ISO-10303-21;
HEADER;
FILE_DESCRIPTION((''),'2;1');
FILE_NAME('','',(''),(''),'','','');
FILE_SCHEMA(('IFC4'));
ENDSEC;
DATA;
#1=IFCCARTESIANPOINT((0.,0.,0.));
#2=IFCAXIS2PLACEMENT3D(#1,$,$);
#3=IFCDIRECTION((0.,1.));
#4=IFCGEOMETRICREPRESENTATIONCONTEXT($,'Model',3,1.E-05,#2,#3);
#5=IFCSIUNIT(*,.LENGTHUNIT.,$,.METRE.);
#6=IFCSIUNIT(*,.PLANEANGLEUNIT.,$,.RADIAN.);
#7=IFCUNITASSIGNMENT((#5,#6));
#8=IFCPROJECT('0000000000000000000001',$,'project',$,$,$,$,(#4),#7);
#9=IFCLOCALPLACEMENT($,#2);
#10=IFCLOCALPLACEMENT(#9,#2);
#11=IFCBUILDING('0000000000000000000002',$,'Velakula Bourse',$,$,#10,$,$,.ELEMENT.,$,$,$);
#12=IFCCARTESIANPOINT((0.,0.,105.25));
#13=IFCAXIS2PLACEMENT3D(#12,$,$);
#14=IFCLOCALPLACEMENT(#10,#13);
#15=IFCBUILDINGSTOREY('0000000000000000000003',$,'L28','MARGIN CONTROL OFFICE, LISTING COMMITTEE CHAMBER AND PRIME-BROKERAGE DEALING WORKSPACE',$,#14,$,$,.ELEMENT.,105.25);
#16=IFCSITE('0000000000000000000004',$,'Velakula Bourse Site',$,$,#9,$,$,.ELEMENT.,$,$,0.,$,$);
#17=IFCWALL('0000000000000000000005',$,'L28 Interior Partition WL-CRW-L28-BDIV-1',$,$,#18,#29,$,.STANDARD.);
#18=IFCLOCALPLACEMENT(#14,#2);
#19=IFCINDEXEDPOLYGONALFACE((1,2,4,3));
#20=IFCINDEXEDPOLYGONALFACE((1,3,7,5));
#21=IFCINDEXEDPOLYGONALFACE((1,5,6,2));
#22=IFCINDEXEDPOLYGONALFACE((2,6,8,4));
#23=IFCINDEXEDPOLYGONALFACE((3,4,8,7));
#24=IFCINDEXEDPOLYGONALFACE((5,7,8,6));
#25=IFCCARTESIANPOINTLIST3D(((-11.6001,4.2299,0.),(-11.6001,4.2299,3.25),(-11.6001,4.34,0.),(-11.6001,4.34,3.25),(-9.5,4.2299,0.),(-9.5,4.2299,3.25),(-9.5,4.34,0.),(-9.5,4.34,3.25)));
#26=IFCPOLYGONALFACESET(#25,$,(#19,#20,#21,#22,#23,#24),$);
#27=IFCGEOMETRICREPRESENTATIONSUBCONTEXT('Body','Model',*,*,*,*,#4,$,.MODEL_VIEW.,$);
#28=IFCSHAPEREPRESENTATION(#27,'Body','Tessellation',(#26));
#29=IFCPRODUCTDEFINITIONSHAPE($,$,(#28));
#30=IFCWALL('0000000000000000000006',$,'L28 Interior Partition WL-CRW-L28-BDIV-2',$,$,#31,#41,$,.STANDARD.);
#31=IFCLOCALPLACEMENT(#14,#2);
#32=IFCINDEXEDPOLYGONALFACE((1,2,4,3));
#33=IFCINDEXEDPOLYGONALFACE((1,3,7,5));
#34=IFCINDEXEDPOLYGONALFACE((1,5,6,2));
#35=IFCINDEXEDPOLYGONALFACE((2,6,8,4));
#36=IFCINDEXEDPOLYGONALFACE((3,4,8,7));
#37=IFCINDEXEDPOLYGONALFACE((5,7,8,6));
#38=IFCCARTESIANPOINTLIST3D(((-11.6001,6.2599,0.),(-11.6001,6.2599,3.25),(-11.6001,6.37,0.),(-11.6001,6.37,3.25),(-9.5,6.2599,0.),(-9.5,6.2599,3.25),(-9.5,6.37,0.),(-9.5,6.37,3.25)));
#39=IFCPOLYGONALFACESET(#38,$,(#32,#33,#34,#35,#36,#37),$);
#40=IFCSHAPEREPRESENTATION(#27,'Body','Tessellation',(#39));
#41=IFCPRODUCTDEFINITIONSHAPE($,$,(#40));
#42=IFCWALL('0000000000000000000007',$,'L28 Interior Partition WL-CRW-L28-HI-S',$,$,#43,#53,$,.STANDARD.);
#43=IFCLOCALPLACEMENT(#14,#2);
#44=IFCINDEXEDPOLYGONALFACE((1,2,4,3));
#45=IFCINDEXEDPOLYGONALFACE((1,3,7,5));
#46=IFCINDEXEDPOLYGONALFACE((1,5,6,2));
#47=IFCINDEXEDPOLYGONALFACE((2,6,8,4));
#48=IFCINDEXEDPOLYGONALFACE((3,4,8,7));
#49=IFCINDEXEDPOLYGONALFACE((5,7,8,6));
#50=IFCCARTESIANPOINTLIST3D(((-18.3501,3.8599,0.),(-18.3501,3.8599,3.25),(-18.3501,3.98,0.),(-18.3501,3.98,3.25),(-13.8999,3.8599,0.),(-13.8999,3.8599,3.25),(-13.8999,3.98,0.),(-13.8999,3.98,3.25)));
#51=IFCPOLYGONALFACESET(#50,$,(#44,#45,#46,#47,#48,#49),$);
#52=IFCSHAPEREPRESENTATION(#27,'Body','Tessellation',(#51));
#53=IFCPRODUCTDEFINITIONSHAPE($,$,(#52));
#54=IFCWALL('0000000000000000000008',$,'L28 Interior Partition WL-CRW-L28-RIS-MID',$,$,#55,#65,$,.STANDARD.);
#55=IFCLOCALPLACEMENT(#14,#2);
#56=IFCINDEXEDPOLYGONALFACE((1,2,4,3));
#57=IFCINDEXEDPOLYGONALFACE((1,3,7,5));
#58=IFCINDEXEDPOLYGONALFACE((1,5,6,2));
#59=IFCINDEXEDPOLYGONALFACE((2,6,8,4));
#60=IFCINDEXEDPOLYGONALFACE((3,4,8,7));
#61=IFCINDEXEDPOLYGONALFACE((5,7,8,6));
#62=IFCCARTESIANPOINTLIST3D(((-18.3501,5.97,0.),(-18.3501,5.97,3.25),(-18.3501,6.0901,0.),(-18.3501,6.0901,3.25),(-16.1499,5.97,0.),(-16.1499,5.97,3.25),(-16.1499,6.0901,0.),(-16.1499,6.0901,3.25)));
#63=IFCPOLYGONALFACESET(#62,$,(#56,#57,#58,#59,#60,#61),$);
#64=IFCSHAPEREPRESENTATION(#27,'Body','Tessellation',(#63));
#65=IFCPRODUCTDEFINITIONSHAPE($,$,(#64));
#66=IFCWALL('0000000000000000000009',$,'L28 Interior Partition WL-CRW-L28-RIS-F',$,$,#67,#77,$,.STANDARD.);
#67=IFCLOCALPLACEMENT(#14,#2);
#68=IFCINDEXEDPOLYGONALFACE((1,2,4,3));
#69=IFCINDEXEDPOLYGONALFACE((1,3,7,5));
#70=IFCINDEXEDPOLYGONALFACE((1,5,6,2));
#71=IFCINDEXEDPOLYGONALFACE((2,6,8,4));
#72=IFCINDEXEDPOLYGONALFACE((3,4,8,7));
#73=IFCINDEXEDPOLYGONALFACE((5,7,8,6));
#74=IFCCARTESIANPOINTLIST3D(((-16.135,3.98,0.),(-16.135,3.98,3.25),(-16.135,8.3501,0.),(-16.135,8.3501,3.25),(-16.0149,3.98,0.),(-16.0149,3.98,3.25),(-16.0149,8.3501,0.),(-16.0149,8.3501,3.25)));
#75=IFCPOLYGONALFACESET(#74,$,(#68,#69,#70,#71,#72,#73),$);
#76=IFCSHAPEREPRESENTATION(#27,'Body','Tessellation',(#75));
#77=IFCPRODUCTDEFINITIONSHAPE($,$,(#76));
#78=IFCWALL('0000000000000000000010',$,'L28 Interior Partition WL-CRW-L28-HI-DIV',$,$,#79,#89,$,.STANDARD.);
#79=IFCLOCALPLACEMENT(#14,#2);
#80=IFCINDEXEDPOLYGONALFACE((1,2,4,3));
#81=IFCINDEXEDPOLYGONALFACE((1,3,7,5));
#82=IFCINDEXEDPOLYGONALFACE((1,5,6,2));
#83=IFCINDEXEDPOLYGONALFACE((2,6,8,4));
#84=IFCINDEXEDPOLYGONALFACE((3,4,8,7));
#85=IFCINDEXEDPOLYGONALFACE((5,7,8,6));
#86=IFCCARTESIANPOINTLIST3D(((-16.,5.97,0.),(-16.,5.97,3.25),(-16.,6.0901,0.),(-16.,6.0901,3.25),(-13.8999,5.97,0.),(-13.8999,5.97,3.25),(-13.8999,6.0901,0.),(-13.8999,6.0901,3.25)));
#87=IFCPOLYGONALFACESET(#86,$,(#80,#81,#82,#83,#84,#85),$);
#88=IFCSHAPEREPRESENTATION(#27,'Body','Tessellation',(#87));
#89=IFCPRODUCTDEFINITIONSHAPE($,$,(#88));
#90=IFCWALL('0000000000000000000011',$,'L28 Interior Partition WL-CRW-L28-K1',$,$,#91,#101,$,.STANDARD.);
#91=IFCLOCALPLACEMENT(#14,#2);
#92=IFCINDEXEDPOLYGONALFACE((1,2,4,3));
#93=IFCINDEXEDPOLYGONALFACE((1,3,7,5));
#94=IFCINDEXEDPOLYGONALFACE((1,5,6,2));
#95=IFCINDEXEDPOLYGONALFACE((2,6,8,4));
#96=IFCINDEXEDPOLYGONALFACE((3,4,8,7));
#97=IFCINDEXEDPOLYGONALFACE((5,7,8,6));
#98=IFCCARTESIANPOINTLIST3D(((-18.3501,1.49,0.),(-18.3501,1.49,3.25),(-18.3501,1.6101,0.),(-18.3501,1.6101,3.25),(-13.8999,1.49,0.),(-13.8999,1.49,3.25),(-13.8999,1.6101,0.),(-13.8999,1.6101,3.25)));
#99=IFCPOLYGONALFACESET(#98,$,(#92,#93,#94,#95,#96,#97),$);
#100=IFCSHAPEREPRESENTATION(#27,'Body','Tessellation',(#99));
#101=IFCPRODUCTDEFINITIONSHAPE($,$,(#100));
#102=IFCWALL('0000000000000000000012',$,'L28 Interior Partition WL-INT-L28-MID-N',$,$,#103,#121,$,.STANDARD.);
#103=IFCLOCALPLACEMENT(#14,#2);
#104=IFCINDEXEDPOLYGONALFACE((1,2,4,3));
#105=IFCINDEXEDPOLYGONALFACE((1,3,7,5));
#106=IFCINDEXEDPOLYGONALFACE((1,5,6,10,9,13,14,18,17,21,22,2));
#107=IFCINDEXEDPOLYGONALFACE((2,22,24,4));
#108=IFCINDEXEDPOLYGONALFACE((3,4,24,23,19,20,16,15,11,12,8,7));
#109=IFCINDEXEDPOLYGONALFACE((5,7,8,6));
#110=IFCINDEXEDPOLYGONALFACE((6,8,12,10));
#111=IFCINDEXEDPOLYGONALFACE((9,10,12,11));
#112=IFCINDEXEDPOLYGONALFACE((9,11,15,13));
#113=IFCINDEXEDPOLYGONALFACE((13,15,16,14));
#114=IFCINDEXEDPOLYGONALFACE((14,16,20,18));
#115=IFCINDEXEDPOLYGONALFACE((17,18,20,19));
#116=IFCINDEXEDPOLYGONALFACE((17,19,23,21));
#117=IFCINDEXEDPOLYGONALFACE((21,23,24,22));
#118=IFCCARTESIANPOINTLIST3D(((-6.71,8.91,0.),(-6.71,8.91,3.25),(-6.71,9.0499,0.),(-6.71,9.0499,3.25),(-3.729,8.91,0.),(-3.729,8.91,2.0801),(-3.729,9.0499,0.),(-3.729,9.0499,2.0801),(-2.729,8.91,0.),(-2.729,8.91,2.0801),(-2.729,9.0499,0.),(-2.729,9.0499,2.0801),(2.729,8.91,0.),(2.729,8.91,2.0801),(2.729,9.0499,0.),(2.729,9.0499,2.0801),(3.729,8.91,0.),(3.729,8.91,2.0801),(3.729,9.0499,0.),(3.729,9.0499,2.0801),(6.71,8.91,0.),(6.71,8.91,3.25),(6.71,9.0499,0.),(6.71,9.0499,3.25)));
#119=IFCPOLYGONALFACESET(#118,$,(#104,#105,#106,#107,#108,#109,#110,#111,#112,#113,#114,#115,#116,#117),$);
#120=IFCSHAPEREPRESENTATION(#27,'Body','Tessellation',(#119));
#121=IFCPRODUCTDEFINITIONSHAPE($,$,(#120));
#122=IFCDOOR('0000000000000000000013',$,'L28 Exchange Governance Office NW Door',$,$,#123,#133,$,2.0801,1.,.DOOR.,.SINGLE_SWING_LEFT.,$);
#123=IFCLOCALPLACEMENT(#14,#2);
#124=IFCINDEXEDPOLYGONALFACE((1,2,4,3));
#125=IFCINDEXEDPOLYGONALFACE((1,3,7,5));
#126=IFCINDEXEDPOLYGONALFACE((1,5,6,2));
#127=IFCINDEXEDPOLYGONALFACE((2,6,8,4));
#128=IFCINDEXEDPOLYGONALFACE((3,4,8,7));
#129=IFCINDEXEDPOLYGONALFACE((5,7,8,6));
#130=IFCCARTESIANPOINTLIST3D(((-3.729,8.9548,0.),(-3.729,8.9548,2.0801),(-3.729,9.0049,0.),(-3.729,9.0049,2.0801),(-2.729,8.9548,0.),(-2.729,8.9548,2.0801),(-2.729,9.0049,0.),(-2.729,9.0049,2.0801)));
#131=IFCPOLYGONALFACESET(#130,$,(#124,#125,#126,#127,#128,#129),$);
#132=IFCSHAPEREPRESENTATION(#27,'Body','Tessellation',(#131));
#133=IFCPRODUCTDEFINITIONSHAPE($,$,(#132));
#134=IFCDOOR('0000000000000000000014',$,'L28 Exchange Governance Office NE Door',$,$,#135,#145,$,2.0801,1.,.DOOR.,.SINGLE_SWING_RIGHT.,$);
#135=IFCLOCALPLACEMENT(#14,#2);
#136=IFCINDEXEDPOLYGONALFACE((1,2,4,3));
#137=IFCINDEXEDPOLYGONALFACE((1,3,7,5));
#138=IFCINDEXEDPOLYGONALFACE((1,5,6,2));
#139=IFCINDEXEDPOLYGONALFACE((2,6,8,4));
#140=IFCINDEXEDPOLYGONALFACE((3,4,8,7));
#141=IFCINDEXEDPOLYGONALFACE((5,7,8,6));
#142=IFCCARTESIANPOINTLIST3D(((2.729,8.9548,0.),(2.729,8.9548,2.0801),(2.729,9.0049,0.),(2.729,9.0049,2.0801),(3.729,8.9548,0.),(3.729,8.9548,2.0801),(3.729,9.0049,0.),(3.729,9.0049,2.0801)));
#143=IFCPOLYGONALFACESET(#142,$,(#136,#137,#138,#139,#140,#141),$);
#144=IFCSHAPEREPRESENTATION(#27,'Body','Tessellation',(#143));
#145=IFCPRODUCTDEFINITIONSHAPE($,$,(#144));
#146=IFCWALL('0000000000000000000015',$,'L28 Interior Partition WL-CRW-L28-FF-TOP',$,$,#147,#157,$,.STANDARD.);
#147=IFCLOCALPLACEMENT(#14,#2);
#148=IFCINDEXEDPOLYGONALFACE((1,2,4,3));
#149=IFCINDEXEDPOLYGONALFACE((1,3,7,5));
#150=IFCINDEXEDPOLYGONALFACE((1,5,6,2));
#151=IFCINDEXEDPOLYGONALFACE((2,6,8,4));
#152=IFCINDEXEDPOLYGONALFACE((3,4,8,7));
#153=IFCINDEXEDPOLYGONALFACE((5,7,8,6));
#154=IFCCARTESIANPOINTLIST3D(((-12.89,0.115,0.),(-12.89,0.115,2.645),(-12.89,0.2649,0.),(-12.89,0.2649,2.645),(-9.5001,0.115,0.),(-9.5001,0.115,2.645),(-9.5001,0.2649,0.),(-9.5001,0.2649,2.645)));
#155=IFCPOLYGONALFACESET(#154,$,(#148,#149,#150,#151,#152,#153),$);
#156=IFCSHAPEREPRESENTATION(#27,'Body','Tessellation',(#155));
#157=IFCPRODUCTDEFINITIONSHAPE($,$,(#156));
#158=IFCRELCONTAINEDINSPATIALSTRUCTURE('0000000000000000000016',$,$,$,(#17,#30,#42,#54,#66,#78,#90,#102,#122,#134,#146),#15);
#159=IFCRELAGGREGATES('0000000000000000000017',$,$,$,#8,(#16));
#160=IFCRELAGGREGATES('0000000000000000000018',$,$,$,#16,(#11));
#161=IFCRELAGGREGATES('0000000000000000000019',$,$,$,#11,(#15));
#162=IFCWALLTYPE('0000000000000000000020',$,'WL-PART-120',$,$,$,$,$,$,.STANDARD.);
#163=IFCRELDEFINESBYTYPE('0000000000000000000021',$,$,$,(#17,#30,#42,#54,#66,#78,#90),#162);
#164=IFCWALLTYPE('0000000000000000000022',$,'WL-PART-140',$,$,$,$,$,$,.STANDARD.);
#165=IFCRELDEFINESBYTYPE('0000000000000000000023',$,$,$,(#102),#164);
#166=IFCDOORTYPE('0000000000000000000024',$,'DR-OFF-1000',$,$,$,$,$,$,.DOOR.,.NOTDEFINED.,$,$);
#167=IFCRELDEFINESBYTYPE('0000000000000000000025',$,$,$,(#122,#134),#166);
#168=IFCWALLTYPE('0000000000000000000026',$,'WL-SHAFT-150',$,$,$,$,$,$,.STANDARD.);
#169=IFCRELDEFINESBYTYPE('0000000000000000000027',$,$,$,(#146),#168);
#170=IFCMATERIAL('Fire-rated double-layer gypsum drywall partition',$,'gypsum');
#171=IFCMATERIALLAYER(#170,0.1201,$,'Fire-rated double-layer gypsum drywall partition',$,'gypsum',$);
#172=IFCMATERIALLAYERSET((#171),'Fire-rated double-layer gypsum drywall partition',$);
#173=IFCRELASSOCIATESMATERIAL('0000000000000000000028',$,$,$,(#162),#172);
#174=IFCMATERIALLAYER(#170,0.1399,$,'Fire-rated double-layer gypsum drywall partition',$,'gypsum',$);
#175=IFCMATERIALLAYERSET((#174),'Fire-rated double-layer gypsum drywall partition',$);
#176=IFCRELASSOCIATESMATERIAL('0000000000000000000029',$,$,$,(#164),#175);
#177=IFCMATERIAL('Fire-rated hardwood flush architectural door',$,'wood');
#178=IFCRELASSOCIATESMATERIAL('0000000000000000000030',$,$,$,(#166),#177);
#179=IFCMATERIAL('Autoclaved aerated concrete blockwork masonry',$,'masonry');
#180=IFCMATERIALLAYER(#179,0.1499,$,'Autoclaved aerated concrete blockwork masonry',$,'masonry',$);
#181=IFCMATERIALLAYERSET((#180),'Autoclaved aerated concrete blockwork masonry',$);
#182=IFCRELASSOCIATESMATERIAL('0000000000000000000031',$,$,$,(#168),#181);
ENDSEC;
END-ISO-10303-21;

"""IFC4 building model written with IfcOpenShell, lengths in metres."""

from ifc_helpers import new_model, si_unit, direction, frame, frame_2d, origin, place, context, subcontext, project, spatial, rectangle, extrude, material, layer, layer_set, type_object, element, fill, save


model = new_model("IFC4")

# Units and contexts
model_context = context("Model", 3, precision=1e-05, world=origin(), true_north=direction((0.0, 1.0)))
body_context = subcontext(model_context, "Body", "Model", "MODEL_VIEW")
ifc_project = project(units=[si_unit("LENGTHUNIT", "METRE"), si_unit("PLANEANGLEUNIT", "RADIAN")], contexts=[model_context])

# Site, building, storey
site_placement = place(None, origin())
site = spatial("IfcSite", under=ifc_project, at=site_placement, Name="Velakula Bourse Site", CompositionType="ELEMENT", RefElevation=0.0)
building_placement = place(site_placement, origin())
building = spatial("IfcBuilding", under=site, at=building_placement, Name="Velakula Bourse", CompositionType="ELEMENT")
storey_placement = place(building_placement, frame((0.0, 0.0, 105.25)))
storey = spatial("IfcBuildingStorey", under=building, at=storey_placement, Name="L28", Description="MARGIN CONTROL OFFICE, LISTING COMMITTEE CHAMBER AND PRIME-BROKERAGE DEALING WORKSPACE", CompositionType="ELEMENT", Elevation=105.25)

# Walls
ifc_material_1 = material(Name="Fire-rated double-layer gypsum drywall partition", Category="gypsum")
ifc_layer_1 = layer(ifc_material_1, 0.1201, Name="Fire-rated double-layer gypsum drywall partition", Category="gypsum")
ifc_layer_set_1 = layer_set([ifc_layer_1], Name="Fire-rated double-layer gypsum drywall partition")
wall_type_1 = type_object("IfcWallType", Name="WL-PART-120", PredefinedType="STANDARD", material=ifc_layer_set_1)
for number, where, z_axis, x_axis, name in (
    (1, (-11.6001, 4.2849, 0.0), (0.0, 0.0, 1.0), (1.0, 0.0, 0.0), "L28 Interior Partition WL-CRW-L28-BDIV-1"),
    (2, (-11.6001, 6.3149, 0.0), (0.0, 0.0, 1.0), (1.0, 0.0, 0.0), "L28 Interior Partition WL-CRW-L28-BDIV-2"),
):
    element("IfcWall", number, at=place(storey_placement, frame(where, z_axis=z_axis, x_axis=x_axis)), inside=storey, type_object=wall_type_1, Name=name, PredefinedType="STANDARD", context=body_context, shape_type="SweptSolid", body=[
        extrude(rectangle(XDim=2.1001, YDim=0.1101, at=frame_2d((1.05, 0.0))), origin(), (0.0, 0.0, 1.0), 3.25),
    ])
wall_1_placement = place(storey_placement, frame((-18.3501, 3.9199, 0.0), z_axis=(0.0, 0.0, 1.0), x_axis=(1.0, 0.0, 0.0)))
element("IfcWall", 3, at=wall_1_placement, inside=storey, type_object=wall_type_1, Name="L28 Interior Partition WL-CRW-L28-HI-S", PredefinedType="STANDARD", context=body_context, shape_type="SweptSolid", body=[
    extrude(rectangle(XDim=4.4502, YDim=0.1201, at=frame_2d((2.2251, 0.0))), origin(), (0.0, 0.0, 1.0), 3.25),
])
wall_2_placement = place(storey_placement, frame((-18.3501, 6.03, 0.0), z_axis=(0.0, 0.0, 1.0), x_axis=(1.0, 0.0, 0.0)))
element("IfcWall", 4, at=wall_2_placement, inside=storey, type_object=wall_type_1, Name="L28 Interior Partition WL-CRW-L28-RIS-MID", PredefinedType="STANDARD", context=body_context, shape_type="SweptSolid", body=[
    extrude(rectangle(XDim=2.2002, YDim=0.1201, at=frame_2d((1.1001, 0.0))), origin(), (0.0, 0.0, 1.0), 3.25),
])
wall_3_placement = place(storey_placement, frame((-16.075, 3.98, 0.0), z_axis=(0.0, 0.0, 1.0), x_axis=(0.0, 1.0, 0.0)))
element("IfcWall", 5, at=wall_3_placement, inside=storey, type_object=wall_type_1, Name="L28 Interior Partition WL-CRW-L28-RIS-F", PredefinedType="STANDARD", context=body_context, shape_type="SweptSolid", body=[
    extrude(rectangle(XDim=4.3701, YDim=0.1201, at=frame_2d((2.1851, 0.0))), origin(), (0.0, 0.0, 1.0), 3.25),
])
wall_4_placement = place(storey_placement, frame((-16.0, 6.03, 0.0), z_axis=(0.0, 0.0, 1.0), x_axis=(1.0, 0.0, 0.0)))
element("IfcWall", 6, at=wall_4_placement, inside=storey, type_object=wall_type_1, Name="L28 Interior Partition WL-CRW-L28-HI-DIV", PredefinedType="STANDARD", context=body_context, shape_type="SweptSolid", body=[
    extrude(rectangle(XDim=2.1001, YDim=0.1201, at=frame_2d((1.05, 0.0))), origin(), (0.0, 0.0, 1.0), 3.25),
])
wall_5_placement = place(storey_placement, frame((-18.3501, 1.55, 0.0), z_axis=(0.0, 0.0, 1.0), x_axis=(1.0, 0.0, 0.0)))
element("IfcWall", 7, at=wall_5_placement, inside=storey, type_object=wall_type_1, Name="L28 Interior Partition WL-CRW-L28-K1", PredefinedType="STANDARD", context=body_context, shape_type="SweptSolid", body=[
    extrude(rectangle(XDim=4.4502, YDim=0.1201, at=frame_2d((2.2251, 0.0))), origin(), (0.0, 0.0, 1.0), 3.25),
])

# Wall, openings, doors
ifc_layer_2 = layer(ifc_material_1, 0.1399, Name="Fire-rated double-layer gypsum drywall partition", Category="gypsum")
ifc_layer_set_2 = layer_set([ifc_layer_2], Name="Fire-rated double-layer gypsum drywall partition")
wall_type_2 = type_object("IfcWallType", Name="WL-PART-140", PredefinedType="STANDARD", material=ifc_layer_set_2)
wall_6_placement = place(storey_placement, frame((-6.71, 8.98, 0.0), z_axis=(0.0, 0.0, 1.0), x_axis=(1.0, 0.0, 0.0)))
wall_6 = element("IfcWall", 8, at=wall_6_placement, inside=storey, type_object=wall_type_2, Name="L28 Interior Partition WL-INT-L28-MID-N", PredefinedType="STANDARD", context=body_context, shape_type="SweptSolid", body=[
    extrude(rectangle(XDim=13.4199, YDim=0.1399, at=frame_2d((6.71, 0.0))), origin(), (0.0, 0.0, 1.0), 3.25),
])
opening_1_placement = place(wall_6_placement, frame((2.981, 0.0, 0.0)))
opening_1 = element("IfcOpeningElement", 9, at=opening_1_placement, cuts=wall_6, PredefinedType="OPENING", context=body_context, shape_type="SweptSolid", body=[
    extrude(rectangle(XDim=1.0, YDim=2.0801, at=frame_2d((0.5, 1.04))), frame((0.0, 0.0798, 0.0), z_axis=(0.0, -1.0, 0.0), x_axis=(1.0, 0.0, 0.0)), (0.0, 0.0, 1.0), 0.1599),
])
opening_2_placement = place(wall_6_placement, frame((9.439, 0.0, 0.0)))
opening_2 = element("IfcOpeningElement", 10, at=opening_2_placement, cuts=wall_6, PredefinedType="OPENING", context=body_context, shape_type="SweptSolid", body=[
    extrude(rectangle(XDim=1.0, YDim=2.0801, at=frame_2d((0.5, 1.04))), frame((0.0, 0.0798, 0.0), z_axis=(0.0, -1.0, 0.0), x_axis=(1.0, 0.0, 0.0)), (0.0, 0.0, 1.0), 0.1599),
])
ifc_material_2 = material(Name="Fire-rated hardwood flush architectural door", Category="wood")
door_type_1 = type_object("IfcDoorType", Name="DR-OFF-1000", OperationType="NOTDEFINED", PredefinedType="DOOR", material=ifc_material_2)
door_1_placement = place(opening_1_placement, origin())
door_1 = element("IfcDoor", 11, at=door_1_placement, inside=storey, type_object=door_type_1, Name="L28 Exchange Governance Office NW Door", OperationType="SINGLE_SWING_LEFT", OverallHeight=2.0801, OverallWidth=1.0, PredefinedType="DOOR", context=body_context, shape_type="SweptSolid", body=[
    extrude(rectangle(XDim=1.0, YDim=2.0801, at=frame_2d((0.5, 1.04))), frame((0.0, 0.0249, 0.0), z_axis=(0.0, -1.0, 0.0), x_axis=(1.0, 0.0, 0.0)), (0.0, 0.0, 1.0), 0.05),
])
fill(opening_1, door_1)
door_2_placement = place(opening_2_placement, origin())
door_2 = element("IfcDoor", 12, at=door_2_placement, inside=storey, type_object=door_type_1, Name="L28 Exchange Governance Office NE Door", OperationType="SINGLE_SWING_RIGHT", OverallHeight=2.0801, OverallWidth=1.0, PredefinedType="DOOR", context=body_context, shape_type="SweptSolid", body=[
    extrude(rectangle(XDim=1.0, YDim=2.0801, at=frame_2d((0.5, 1.04))), frame((0.0, 0.0249, 0.0), z_axis=(0.0, -1.0, 0.0), x_axis=(1.0, 0.0, 0.0)), (0.0, 0.0, 1.0), 0.05),
])
fill(opening_2, door_2)

# Wall
ifc_material_3 = material(Name="Autoclaved aerated concrete blockwork masonry", Category="masonry")
ifc_layer_3 = layer(ifc_material_3, 0.1499, Name="Autoclaved aerated concrete blockwork masonry", Category="masonry")
ifc_layer_set_3 = layer_set([ifc_layer_3], Name="Autoclaved aerated concrete blockwork masonry")
wall_type_3 = type_object("IfcWallType", Name="WL-SHAFT-150", PredefinedType="STANDARD", material=ifc_layer_set_3)
wall_7_placement = place(storey_placement, frame((-12.8899, 0.1899, 0.0), z_axis=(0.0, 0.0, 1.0), x_axis=(1.0, 0.0, 0.0)))
element("IfcWall", 13, at=wall_7_placement, inside=storey, type_object=wall_type_3, Name="L28 Interior Partition WL-CRW-L28-FF-TOP", PredefinedType="STANDARD", context=body_context, shape_type="SweptSolid", body=[
    extrude(rectangle(XDim=3.3899, YDim=0.1499, at=frame_2d((1.6948, 0.0))), origin(), (0.0, 0.0, 1.0), 2.645),
])

save(model, "model.ifc")
